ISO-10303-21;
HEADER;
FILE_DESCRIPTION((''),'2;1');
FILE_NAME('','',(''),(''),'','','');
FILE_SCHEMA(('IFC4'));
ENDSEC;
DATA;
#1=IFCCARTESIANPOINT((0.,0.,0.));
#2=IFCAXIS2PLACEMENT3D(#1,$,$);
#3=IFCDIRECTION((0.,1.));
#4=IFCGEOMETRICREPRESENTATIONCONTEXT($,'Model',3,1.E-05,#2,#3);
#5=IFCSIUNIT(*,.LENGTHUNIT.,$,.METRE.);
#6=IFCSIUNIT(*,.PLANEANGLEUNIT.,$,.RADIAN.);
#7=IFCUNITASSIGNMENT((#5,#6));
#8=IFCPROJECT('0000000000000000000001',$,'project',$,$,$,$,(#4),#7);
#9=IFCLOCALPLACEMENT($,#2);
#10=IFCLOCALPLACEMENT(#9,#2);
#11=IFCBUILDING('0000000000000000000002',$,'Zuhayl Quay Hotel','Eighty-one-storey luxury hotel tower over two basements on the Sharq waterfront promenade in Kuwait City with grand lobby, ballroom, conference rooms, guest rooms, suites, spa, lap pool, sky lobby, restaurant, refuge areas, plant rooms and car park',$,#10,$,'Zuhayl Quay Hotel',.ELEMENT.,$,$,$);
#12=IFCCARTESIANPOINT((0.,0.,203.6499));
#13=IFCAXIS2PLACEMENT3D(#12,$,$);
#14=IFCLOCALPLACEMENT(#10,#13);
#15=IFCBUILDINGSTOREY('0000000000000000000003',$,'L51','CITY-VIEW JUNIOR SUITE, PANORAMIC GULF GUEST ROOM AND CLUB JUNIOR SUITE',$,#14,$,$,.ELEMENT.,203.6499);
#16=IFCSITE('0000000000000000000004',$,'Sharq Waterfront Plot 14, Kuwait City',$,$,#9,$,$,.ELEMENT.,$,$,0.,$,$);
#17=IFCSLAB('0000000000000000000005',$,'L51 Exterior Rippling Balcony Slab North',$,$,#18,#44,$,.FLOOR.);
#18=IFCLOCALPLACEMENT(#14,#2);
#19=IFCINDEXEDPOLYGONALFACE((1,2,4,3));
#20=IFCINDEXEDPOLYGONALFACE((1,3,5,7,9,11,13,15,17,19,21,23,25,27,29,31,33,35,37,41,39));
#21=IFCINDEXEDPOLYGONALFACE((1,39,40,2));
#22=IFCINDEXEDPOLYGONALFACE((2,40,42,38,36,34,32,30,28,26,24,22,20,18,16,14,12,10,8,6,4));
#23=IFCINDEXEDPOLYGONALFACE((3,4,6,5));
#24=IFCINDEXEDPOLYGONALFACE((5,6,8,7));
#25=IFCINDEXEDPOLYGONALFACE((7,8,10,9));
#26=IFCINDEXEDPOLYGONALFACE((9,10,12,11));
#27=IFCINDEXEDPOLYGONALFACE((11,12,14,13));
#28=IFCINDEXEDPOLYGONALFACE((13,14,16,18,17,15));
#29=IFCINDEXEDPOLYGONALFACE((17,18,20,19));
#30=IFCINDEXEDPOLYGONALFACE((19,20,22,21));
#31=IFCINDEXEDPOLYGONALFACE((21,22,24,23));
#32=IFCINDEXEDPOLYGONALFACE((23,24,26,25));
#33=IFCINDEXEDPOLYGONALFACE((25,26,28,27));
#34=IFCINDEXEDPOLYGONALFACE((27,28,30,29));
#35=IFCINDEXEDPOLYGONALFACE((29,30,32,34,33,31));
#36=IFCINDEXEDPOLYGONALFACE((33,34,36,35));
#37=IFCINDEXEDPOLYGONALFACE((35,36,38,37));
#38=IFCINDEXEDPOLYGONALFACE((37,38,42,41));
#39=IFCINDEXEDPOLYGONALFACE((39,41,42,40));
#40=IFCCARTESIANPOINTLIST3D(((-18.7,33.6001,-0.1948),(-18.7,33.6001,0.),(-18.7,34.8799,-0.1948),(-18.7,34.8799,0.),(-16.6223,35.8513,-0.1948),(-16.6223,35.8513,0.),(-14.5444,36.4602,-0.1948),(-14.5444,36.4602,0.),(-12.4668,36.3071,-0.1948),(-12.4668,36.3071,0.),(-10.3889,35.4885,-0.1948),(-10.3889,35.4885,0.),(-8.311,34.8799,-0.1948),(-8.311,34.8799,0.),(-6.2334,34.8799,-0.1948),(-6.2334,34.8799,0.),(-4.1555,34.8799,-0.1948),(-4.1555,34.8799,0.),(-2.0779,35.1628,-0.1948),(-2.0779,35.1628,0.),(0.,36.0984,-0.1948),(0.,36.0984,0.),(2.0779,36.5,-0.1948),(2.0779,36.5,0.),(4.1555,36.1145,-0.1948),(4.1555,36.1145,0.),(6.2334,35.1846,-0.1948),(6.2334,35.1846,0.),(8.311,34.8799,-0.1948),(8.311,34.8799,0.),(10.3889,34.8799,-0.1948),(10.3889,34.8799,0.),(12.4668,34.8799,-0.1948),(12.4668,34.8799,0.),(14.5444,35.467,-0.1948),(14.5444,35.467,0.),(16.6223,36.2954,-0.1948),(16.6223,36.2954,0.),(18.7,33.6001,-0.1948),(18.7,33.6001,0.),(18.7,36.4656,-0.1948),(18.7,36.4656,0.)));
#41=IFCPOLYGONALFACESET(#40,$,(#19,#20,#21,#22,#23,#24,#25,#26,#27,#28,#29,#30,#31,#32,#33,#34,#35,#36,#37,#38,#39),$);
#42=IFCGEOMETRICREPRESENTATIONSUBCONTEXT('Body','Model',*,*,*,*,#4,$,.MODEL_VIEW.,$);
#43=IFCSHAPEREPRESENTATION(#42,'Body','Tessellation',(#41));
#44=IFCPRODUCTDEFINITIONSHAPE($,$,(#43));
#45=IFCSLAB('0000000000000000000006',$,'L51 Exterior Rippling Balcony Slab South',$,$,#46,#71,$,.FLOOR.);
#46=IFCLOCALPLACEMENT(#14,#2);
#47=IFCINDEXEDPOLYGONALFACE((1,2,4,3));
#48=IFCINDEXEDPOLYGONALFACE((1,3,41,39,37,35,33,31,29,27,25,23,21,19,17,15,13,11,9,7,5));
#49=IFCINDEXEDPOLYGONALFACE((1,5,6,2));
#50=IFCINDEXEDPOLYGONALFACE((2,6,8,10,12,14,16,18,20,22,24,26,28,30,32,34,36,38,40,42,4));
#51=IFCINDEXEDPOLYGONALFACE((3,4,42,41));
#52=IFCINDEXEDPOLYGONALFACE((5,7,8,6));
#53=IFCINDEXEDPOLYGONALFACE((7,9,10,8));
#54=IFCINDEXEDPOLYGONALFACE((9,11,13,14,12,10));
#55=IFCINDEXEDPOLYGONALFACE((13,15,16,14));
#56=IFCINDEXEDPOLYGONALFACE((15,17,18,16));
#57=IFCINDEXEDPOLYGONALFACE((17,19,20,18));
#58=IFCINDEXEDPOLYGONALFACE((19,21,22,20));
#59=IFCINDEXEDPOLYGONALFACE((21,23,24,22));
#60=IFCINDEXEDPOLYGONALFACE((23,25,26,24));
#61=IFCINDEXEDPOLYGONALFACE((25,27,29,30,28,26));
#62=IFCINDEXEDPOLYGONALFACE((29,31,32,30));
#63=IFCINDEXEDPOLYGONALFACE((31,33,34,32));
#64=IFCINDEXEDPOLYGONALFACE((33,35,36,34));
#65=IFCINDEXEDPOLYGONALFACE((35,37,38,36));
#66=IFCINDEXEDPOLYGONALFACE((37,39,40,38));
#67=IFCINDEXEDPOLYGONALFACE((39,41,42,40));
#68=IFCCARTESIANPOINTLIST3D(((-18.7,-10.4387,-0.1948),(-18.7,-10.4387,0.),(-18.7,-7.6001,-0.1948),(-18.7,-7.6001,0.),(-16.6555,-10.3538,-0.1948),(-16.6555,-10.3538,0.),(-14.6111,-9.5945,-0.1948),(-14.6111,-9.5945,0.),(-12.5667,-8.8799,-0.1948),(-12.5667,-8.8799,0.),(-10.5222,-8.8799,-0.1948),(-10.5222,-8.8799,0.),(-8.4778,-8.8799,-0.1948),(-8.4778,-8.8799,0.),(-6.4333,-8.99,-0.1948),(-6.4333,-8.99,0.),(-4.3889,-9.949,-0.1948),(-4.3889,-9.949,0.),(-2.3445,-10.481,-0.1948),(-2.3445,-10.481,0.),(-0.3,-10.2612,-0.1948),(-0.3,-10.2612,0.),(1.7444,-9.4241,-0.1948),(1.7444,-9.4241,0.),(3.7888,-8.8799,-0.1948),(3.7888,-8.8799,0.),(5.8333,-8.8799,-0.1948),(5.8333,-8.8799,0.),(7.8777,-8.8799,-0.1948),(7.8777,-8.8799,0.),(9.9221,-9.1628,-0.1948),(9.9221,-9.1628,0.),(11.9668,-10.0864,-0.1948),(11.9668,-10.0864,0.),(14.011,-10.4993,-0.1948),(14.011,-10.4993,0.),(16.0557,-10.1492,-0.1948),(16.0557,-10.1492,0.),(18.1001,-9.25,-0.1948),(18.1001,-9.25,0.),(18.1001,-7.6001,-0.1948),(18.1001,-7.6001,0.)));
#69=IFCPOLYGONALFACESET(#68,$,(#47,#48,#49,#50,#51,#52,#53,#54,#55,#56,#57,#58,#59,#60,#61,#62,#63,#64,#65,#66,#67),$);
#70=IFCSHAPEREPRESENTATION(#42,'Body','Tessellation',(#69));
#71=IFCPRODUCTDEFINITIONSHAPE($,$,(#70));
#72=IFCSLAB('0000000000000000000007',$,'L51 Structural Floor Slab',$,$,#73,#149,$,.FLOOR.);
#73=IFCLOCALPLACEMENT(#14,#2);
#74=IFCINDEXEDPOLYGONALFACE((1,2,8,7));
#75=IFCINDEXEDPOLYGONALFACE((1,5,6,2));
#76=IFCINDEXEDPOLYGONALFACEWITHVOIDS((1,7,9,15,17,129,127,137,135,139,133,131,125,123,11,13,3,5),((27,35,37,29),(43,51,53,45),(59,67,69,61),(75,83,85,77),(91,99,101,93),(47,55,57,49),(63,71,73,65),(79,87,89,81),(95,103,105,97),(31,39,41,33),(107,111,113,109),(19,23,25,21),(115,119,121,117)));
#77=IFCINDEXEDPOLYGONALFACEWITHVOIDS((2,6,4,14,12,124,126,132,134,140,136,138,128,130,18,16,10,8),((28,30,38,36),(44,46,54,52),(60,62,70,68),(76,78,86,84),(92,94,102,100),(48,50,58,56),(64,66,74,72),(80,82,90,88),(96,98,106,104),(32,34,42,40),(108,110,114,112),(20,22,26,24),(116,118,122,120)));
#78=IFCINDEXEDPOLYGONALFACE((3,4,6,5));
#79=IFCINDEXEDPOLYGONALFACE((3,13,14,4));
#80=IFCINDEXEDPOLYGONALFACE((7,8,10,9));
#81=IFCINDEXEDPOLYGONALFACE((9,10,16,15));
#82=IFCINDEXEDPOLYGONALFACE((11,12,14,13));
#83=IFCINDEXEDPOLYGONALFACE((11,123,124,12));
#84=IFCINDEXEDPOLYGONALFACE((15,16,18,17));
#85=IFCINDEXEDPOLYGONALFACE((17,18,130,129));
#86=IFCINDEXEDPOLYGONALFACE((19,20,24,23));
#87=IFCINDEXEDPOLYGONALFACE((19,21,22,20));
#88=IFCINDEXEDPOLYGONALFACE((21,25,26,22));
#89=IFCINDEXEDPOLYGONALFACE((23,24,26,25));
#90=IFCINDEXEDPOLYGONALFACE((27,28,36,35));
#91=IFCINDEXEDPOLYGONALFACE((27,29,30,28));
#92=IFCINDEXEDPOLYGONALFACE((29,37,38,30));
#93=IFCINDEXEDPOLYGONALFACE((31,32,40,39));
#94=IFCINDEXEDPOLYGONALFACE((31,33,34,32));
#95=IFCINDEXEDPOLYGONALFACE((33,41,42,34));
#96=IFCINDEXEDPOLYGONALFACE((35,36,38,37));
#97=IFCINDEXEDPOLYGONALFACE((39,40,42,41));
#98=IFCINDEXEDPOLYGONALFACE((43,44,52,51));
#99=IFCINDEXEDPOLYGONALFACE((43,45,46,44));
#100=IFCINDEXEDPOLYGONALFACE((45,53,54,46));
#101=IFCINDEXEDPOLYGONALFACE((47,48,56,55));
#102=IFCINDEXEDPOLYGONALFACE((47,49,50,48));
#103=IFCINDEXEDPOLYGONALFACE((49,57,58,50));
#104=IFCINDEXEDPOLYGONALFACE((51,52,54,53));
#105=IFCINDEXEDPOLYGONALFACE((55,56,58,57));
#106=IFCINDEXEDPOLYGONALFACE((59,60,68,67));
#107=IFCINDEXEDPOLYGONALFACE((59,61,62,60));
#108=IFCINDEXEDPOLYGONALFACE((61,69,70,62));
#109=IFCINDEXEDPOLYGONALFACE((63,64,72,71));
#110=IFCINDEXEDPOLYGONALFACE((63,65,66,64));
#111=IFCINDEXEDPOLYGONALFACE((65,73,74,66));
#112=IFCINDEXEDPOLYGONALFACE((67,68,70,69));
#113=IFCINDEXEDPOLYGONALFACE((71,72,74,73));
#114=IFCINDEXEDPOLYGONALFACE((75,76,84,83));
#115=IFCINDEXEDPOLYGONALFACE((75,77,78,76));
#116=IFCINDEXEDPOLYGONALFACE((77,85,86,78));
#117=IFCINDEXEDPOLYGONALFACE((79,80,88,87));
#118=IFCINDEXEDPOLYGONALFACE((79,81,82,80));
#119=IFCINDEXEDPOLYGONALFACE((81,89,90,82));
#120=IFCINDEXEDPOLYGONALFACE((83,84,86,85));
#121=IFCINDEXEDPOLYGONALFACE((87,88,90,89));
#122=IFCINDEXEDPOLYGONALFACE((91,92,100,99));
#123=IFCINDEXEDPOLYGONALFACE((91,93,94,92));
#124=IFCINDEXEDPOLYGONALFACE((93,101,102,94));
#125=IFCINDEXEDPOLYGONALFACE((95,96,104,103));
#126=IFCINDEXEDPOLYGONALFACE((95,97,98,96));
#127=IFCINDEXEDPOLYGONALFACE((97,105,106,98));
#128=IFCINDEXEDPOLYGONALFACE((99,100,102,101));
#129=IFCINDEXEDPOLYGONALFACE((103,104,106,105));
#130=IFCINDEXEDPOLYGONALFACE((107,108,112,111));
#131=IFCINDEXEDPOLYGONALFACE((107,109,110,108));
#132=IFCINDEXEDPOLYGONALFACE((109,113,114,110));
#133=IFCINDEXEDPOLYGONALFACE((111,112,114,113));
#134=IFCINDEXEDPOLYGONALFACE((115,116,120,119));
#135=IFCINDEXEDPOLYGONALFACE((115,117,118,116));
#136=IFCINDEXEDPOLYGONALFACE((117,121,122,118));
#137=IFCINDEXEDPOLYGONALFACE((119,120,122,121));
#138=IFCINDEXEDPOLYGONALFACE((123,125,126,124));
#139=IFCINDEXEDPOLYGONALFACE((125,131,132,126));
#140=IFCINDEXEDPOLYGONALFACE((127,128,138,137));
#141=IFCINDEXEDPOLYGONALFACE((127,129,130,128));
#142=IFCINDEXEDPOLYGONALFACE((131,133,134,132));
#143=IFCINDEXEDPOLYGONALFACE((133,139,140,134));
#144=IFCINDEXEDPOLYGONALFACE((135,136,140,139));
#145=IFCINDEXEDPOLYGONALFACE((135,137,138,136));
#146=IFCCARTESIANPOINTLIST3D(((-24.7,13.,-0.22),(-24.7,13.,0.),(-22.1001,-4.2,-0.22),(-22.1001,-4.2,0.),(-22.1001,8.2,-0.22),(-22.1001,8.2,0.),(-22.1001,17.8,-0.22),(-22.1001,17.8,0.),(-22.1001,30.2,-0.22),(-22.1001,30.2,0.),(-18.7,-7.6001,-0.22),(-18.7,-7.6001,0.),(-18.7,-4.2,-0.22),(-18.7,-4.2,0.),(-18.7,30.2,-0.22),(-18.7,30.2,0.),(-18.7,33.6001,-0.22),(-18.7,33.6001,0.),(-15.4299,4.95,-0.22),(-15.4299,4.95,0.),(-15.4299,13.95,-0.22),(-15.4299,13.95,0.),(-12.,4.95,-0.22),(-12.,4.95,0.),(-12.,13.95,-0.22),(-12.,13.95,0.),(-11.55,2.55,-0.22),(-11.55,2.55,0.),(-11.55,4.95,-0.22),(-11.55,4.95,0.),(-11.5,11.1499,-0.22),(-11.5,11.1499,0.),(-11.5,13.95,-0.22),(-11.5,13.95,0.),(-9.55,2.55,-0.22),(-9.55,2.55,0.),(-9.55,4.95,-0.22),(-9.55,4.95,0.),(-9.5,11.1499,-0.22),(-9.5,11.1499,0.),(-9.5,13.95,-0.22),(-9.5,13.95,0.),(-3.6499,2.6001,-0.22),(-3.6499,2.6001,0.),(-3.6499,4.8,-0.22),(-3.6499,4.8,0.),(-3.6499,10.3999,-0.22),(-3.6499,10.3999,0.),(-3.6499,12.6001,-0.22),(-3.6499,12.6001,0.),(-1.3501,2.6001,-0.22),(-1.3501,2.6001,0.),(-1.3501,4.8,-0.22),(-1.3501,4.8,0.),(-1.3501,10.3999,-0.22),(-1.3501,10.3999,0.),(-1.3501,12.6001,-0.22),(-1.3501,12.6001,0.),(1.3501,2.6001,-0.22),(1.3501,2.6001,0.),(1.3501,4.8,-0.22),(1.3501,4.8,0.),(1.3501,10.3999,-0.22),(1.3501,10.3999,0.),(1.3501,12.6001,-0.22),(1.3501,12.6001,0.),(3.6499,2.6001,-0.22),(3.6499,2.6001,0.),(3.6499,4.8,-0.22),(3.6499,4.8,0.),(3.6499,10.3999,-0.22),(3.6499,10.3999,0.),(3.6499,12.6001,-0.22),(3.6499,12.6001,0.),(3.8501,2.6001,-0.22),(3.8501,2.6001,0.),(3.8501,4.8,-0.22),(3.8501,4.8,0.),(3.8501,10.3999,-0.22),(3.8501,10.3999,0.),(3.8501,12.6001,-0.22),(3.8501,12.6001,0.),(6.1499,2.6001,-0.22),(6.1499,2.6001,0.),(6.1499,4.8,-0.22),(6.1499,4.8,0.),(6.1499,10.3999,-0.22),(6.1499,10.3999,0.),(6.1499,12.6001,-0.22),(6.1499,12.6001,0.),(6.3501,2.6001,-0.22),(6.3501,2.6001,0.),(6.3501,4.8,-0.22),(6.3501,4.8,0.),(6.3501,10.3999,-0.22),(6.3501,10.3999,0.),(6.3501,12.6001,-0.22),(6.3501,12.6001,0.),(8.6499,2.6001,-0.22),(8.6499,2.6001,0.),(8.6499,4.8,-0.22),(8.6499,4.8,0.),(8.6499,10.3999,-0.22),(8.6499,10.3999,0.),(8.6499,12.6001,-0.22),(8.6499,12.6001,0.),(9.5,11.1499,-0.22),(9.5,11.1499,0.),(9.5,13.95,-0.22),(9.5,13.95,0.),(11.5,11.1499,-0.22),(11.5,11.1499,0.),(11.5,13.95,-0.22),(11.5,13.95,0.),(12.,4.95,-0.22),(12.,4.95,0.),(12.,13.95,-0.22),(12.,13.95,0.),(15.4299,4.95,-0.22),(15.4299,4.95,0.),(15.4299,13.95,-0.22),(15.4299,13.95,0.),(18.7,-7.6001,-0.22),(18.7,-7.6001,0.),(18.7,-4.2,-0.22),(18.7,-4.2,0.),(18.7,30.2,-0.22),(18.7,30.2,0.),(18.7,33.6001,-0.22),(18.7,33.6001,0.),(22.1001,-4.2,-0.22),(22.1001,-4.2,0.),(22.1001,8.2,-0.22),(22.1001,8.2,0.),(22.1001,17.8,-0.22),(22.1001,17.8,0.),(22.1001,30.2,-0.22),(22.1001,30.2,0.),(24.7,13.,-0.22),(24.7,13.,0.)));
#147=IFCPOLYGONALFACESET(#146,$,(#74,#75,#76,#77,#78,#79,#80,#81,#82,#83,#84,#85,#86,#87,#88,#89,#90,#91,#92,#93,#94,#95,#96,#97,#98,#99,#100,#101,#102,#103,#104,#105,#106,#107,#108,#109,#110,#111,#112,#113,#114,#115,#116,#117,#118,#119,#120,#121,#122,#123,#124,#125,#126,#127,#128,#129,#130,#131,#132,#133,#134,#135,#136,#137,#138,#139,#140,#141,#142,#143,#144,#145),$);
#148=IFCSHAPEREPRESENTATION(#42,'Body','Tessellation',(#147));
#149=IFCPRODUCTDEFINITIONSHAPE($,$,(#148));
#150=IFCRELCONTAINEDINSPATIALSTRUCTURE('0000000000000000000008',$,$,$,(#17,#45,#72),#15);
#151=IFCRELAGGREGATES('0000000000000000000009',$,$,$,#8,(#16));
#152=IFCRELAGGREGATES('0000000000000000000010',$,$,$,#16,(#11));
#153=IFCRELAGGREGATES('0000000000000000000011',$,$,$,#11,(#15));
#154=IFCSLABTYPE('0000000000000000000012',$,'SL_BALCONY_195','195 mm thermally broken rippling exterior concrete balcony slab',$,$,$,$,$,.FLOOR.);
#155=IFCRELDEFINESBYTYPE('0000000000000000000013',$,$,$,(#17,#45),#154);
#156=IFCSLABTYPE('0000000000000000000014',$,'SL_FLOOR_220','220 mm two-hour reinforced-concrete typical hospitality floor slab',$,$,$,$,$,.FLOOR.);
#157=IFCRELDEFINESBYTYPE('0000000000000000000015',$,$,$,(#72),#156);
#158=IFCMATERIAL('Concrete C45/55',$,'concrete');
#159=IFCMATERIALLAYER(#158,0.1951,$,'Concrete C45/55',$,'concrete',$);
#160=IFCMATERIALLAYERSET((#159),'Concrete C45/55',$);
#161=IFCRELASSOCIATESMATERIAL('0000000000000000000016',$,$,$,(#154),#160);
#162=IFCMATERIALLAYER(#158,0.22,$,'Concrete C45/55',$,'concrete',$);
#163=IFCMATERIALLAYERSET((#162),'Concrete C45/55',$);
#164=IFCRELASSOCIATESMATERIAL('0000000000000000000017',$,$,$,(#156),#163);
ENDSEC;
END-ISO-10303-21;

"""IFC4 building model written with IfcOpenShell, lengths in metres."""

from ifc_helpers import new_model, si_unit, direction, frame, origin, place, context, subcontext, project, spatial, polyline, outline, extrude, material, layer, layer_set, type_object, element, save


model = new_model("IFC4")

# Units and contexts
model_context = context("Model", 3, precision=1e-05, world=origin(), true_north=direction((0.0, 1.0)))
body_context = subcontext(model_context, "Body", "Model", "MODEL_VIEW")
ifc_project = project(units=[si_unit("LENGTHUNIT", "METRE"), si_unit("PLANEANGLEUNIT", "RADIAN")], contexts=[model_context])

# Site, building, storey
site_placement = place(None, origin())
site = spatial("IfcSite", under=ifc_project, at=site_placement, Name="Sharq Waterfront Plot 14, Kuwait City", CompositionType="ELEMENT", RefElevation=0.0)
building_placement = place(site_placement, origin())
building = spatial("IfcBuilding", under=site, at=building_placement, Name="Zuhayl Quay Hotel", Description="Eighty-one-storey luxury hotel tower over two basements on the Sharq waterfront promenade in Kuwait City with grand lobby, ballroom, conference rooms, guest rooms, suites, spa, lap pool, sky lobby, restaurant, refuge areas, plant rooms and car park", LongName="Zuhayl Quay Hotel", CompositionType="ELEMENT")
storey_placement = place(building_placement, frame((0.0, 0.0, 203.6499)))
storey = spatial("IfcBuildingStorey", under=building, at=storey_placement, Name="L51", Description="CITY-VIEW JUNIOR SUITE, PANORAMIC GULF GUEST ROOM AND CLUB JUNIOR SUITE", CompositionType="ELEMENT", Elevation=203.6499)

# Slabs
ifc_material_1 = material(Name="Concrete C45/55", Category="concrete")
ifc_layer_1 = layer(ifc_material_1, 0.1951, Name="Concrete C45/55", Category="concrete")
ifc_layer_set_1 = layer_set([ifc_layer_1], Name="Concrete C45/55")
slab_type_1 = type_object("IfcSlabType", Name="SL_BALCONY_195", Description="195 mm thermally broken rippling exterior concrete balcony slab", PredefinedType="FLOOR", material=ifc_layer_set_1)
slab_1_placement = place(storey_placement, frame((0.0, 0.0, -0.1948)))
element("IfcSlab", 1, at=slab_1_placement, inside=storey, type_object=slab_type_1, Name="L51 Exterior Rippling Balcony Slab North", PredefinedType="FLOOR", context=body_context, shape_type="SweptSolid", body=[
    extrude(outline(polyline([(-18.7, 33.6001), (18.7, 33.6001), (18.7, 36.4656), (16.6223, 36.2954), (14.5444, 35.467), (12.4668, 34.8799), (10.3889, 34.8799), (8.311, 34.8799), (6.2334, 35.1846), (4.1555, 36.1145), (2.0779, 36.5), (0.0, 36.0984), (-2.0779, 35.1628), (-4.1555, 34.8799), (-6.2334, 34.8799), (-8.311, 34.8799), (-10.3889, 35.4885), (-12.4668, 36.3071), (-14.5444, 36.4602), (-16.6223, 35.8513), (-18.7, 34.8799), (-18.7, 33.6001)])), origin(), (0.0, 0.0, 1.0), 0.1948),
])
slab_2_placement = place(storey_placement, frame((0.0, 0.0, -0.1948)))
element("IfcSlab", 2, at=slab_2_placement, inside=storey, type_object=slab_type_1, Name="L51 Exterior Rippling Balcony Slab South", PredefinedType="FLOOR", context=body_context, shape_type="SweptSolid", body=[
    extrude(outline(polyline([(-18.7, -10.4387), (-16.6555, -10.3538), (-14.6111, -9.5945), (-12.5667, -8.8799), (-10.5222, -8.8799), (-8.4778, -8.8799), (-6.4333, -8.99), (-4.3889, -9.949), (-2.3445, -10.481), (-0.3, -10.2612), (1.7444, -9.4241), (3.7888, -8.8799), (5.8333, -8.8799), (7.8777, -8.8799), (9.9221, -9.1628), (11.9668, -10.0864), (14.011, -10.4993), (16.0557, -10.1492), (18.1001, -9.25), (18.1001, -7.6001), (-18.7, -7.6001), (-18.7, -10.4387)])), origin(), (0.0, 0.0, 1.0), 0.1948),
])
ifc_layer_2 = layer(ifc_material_1, 0.22, Name="Concrete C45/55", Category="concrete")
ifc_layer_set_2 = layer_set([ifc_layer_2], Name="Concrete C45/55")
slab_type_2 = type_object("IfcSlabType", Name="SL_FLOOR_220", Description="220 mm two-hour reinforced-concrete typical hospitality floor slab", PredefinedType="FLOOR", material=ifc_layer_set_2)
slab_3_placement = place(storey_placement, frame((0.0, 0.0, -0.22)))
element("IfcSlab", 3, at=slab_3_placement, inside=storey, type_object=slab_type_2, Name="L51 Structural Floor Slab", PredefinedType="FLOOR", context=body_context, shape_type="SweptSolid", body=[
    extrude(outline(polyline([(-18.7, -7.6001), (18.7, -7.6001), (18.7, -4.2), (22.1001, -4.2), (22.1001, 8.2), (24.7, 13.0), (22.1001, 17.8), (22.1001, 30.2), (18.7, 30.2), (18.7, 33.6001), (-18.7, 33.6001), (-18.7, 30.2), (-22.1001, 30.2), (-22.1001, 17.8), (-24.7, 13.0), (-22.1001, 8.2), (-22.1001, -4.2), (-18.7, -4.2), (-18.7, -7.6001)]), holes=[polyline([(-12.0, 4.95), (-12.0, 13.95), (-15.4299, 13.95), (-15.4299, 4.95), (-12.0, 4.95)]), polyline([(15.4299, 4.95), (15.4299, 13.95), (12.0, 13.95), (12.0, 4.95), (15.4299, 4.95)]), polyline([(-11.5, 11.1499), (-9.5, 11.1499), (-9.5, 13.95), (-11.5, 13.95), (-11.5, 11.1499)]), polyline([(9.5, 11.1499), (11.5, 11.1499), (11.5, 13.95), (9.5, 13.95), (9.5, 11.1499)]), polyline([(-3.6499, 2.6001), (-1.3501, 2.6001), (-1.3501, 4.8), (-3.6499, 4.8), (-3.6499, 2.6001)]), polyline([(1.3501, 2.6001), (3.6499, 2.6001), (3.6499, 4.8), (1.3501, 4.8), (1.3501, 2.6001)]), polyline([(-3.6499, 10.3999), (-1.3501, 10.3999), (-1.3501, 12.6001), (-3.6499, 12.6001), (-3.6499, 10.3999)]), polyline([(1.3501, 10.3999), (3.6499, 10.3999), (3.6499, 12.6001), (1.3501, 12.6001), (1.3501, 10.3999)]), polyline([(3.8501, 2.6001), (6.1499, 2.6001), (6.1499, 4.8), (3.8501, 4.8), (3.8501, 2.6001)]), polyline([(6.3501, 2.6001), (8.6499, 2.6001), (8.6499, 4.8), (6.3501, 4.8), (6.3501, 2.6001)]), polyline([(3.8501, 10.3999), (6.1499, 10.3999), (6.1499, 12.6001), (3.8501, 12.6001), (3.8501, 10.3999)]), polyline([(6.3501, 10.3999), (8.6499, 10.3999), (8.6499, 12.6001), (6.3501, 12.6001), (6.3501, 10.3999)]), polyline([(-11.55, 2.55), (-9.55, 2.55), (-9.55, 4.95), (-11.55, 4.95), (-11.55, 2.55)])]), origin(), (0.0, 0.0, 1.0), 0.22),
])

save(model, "model.ifc")
